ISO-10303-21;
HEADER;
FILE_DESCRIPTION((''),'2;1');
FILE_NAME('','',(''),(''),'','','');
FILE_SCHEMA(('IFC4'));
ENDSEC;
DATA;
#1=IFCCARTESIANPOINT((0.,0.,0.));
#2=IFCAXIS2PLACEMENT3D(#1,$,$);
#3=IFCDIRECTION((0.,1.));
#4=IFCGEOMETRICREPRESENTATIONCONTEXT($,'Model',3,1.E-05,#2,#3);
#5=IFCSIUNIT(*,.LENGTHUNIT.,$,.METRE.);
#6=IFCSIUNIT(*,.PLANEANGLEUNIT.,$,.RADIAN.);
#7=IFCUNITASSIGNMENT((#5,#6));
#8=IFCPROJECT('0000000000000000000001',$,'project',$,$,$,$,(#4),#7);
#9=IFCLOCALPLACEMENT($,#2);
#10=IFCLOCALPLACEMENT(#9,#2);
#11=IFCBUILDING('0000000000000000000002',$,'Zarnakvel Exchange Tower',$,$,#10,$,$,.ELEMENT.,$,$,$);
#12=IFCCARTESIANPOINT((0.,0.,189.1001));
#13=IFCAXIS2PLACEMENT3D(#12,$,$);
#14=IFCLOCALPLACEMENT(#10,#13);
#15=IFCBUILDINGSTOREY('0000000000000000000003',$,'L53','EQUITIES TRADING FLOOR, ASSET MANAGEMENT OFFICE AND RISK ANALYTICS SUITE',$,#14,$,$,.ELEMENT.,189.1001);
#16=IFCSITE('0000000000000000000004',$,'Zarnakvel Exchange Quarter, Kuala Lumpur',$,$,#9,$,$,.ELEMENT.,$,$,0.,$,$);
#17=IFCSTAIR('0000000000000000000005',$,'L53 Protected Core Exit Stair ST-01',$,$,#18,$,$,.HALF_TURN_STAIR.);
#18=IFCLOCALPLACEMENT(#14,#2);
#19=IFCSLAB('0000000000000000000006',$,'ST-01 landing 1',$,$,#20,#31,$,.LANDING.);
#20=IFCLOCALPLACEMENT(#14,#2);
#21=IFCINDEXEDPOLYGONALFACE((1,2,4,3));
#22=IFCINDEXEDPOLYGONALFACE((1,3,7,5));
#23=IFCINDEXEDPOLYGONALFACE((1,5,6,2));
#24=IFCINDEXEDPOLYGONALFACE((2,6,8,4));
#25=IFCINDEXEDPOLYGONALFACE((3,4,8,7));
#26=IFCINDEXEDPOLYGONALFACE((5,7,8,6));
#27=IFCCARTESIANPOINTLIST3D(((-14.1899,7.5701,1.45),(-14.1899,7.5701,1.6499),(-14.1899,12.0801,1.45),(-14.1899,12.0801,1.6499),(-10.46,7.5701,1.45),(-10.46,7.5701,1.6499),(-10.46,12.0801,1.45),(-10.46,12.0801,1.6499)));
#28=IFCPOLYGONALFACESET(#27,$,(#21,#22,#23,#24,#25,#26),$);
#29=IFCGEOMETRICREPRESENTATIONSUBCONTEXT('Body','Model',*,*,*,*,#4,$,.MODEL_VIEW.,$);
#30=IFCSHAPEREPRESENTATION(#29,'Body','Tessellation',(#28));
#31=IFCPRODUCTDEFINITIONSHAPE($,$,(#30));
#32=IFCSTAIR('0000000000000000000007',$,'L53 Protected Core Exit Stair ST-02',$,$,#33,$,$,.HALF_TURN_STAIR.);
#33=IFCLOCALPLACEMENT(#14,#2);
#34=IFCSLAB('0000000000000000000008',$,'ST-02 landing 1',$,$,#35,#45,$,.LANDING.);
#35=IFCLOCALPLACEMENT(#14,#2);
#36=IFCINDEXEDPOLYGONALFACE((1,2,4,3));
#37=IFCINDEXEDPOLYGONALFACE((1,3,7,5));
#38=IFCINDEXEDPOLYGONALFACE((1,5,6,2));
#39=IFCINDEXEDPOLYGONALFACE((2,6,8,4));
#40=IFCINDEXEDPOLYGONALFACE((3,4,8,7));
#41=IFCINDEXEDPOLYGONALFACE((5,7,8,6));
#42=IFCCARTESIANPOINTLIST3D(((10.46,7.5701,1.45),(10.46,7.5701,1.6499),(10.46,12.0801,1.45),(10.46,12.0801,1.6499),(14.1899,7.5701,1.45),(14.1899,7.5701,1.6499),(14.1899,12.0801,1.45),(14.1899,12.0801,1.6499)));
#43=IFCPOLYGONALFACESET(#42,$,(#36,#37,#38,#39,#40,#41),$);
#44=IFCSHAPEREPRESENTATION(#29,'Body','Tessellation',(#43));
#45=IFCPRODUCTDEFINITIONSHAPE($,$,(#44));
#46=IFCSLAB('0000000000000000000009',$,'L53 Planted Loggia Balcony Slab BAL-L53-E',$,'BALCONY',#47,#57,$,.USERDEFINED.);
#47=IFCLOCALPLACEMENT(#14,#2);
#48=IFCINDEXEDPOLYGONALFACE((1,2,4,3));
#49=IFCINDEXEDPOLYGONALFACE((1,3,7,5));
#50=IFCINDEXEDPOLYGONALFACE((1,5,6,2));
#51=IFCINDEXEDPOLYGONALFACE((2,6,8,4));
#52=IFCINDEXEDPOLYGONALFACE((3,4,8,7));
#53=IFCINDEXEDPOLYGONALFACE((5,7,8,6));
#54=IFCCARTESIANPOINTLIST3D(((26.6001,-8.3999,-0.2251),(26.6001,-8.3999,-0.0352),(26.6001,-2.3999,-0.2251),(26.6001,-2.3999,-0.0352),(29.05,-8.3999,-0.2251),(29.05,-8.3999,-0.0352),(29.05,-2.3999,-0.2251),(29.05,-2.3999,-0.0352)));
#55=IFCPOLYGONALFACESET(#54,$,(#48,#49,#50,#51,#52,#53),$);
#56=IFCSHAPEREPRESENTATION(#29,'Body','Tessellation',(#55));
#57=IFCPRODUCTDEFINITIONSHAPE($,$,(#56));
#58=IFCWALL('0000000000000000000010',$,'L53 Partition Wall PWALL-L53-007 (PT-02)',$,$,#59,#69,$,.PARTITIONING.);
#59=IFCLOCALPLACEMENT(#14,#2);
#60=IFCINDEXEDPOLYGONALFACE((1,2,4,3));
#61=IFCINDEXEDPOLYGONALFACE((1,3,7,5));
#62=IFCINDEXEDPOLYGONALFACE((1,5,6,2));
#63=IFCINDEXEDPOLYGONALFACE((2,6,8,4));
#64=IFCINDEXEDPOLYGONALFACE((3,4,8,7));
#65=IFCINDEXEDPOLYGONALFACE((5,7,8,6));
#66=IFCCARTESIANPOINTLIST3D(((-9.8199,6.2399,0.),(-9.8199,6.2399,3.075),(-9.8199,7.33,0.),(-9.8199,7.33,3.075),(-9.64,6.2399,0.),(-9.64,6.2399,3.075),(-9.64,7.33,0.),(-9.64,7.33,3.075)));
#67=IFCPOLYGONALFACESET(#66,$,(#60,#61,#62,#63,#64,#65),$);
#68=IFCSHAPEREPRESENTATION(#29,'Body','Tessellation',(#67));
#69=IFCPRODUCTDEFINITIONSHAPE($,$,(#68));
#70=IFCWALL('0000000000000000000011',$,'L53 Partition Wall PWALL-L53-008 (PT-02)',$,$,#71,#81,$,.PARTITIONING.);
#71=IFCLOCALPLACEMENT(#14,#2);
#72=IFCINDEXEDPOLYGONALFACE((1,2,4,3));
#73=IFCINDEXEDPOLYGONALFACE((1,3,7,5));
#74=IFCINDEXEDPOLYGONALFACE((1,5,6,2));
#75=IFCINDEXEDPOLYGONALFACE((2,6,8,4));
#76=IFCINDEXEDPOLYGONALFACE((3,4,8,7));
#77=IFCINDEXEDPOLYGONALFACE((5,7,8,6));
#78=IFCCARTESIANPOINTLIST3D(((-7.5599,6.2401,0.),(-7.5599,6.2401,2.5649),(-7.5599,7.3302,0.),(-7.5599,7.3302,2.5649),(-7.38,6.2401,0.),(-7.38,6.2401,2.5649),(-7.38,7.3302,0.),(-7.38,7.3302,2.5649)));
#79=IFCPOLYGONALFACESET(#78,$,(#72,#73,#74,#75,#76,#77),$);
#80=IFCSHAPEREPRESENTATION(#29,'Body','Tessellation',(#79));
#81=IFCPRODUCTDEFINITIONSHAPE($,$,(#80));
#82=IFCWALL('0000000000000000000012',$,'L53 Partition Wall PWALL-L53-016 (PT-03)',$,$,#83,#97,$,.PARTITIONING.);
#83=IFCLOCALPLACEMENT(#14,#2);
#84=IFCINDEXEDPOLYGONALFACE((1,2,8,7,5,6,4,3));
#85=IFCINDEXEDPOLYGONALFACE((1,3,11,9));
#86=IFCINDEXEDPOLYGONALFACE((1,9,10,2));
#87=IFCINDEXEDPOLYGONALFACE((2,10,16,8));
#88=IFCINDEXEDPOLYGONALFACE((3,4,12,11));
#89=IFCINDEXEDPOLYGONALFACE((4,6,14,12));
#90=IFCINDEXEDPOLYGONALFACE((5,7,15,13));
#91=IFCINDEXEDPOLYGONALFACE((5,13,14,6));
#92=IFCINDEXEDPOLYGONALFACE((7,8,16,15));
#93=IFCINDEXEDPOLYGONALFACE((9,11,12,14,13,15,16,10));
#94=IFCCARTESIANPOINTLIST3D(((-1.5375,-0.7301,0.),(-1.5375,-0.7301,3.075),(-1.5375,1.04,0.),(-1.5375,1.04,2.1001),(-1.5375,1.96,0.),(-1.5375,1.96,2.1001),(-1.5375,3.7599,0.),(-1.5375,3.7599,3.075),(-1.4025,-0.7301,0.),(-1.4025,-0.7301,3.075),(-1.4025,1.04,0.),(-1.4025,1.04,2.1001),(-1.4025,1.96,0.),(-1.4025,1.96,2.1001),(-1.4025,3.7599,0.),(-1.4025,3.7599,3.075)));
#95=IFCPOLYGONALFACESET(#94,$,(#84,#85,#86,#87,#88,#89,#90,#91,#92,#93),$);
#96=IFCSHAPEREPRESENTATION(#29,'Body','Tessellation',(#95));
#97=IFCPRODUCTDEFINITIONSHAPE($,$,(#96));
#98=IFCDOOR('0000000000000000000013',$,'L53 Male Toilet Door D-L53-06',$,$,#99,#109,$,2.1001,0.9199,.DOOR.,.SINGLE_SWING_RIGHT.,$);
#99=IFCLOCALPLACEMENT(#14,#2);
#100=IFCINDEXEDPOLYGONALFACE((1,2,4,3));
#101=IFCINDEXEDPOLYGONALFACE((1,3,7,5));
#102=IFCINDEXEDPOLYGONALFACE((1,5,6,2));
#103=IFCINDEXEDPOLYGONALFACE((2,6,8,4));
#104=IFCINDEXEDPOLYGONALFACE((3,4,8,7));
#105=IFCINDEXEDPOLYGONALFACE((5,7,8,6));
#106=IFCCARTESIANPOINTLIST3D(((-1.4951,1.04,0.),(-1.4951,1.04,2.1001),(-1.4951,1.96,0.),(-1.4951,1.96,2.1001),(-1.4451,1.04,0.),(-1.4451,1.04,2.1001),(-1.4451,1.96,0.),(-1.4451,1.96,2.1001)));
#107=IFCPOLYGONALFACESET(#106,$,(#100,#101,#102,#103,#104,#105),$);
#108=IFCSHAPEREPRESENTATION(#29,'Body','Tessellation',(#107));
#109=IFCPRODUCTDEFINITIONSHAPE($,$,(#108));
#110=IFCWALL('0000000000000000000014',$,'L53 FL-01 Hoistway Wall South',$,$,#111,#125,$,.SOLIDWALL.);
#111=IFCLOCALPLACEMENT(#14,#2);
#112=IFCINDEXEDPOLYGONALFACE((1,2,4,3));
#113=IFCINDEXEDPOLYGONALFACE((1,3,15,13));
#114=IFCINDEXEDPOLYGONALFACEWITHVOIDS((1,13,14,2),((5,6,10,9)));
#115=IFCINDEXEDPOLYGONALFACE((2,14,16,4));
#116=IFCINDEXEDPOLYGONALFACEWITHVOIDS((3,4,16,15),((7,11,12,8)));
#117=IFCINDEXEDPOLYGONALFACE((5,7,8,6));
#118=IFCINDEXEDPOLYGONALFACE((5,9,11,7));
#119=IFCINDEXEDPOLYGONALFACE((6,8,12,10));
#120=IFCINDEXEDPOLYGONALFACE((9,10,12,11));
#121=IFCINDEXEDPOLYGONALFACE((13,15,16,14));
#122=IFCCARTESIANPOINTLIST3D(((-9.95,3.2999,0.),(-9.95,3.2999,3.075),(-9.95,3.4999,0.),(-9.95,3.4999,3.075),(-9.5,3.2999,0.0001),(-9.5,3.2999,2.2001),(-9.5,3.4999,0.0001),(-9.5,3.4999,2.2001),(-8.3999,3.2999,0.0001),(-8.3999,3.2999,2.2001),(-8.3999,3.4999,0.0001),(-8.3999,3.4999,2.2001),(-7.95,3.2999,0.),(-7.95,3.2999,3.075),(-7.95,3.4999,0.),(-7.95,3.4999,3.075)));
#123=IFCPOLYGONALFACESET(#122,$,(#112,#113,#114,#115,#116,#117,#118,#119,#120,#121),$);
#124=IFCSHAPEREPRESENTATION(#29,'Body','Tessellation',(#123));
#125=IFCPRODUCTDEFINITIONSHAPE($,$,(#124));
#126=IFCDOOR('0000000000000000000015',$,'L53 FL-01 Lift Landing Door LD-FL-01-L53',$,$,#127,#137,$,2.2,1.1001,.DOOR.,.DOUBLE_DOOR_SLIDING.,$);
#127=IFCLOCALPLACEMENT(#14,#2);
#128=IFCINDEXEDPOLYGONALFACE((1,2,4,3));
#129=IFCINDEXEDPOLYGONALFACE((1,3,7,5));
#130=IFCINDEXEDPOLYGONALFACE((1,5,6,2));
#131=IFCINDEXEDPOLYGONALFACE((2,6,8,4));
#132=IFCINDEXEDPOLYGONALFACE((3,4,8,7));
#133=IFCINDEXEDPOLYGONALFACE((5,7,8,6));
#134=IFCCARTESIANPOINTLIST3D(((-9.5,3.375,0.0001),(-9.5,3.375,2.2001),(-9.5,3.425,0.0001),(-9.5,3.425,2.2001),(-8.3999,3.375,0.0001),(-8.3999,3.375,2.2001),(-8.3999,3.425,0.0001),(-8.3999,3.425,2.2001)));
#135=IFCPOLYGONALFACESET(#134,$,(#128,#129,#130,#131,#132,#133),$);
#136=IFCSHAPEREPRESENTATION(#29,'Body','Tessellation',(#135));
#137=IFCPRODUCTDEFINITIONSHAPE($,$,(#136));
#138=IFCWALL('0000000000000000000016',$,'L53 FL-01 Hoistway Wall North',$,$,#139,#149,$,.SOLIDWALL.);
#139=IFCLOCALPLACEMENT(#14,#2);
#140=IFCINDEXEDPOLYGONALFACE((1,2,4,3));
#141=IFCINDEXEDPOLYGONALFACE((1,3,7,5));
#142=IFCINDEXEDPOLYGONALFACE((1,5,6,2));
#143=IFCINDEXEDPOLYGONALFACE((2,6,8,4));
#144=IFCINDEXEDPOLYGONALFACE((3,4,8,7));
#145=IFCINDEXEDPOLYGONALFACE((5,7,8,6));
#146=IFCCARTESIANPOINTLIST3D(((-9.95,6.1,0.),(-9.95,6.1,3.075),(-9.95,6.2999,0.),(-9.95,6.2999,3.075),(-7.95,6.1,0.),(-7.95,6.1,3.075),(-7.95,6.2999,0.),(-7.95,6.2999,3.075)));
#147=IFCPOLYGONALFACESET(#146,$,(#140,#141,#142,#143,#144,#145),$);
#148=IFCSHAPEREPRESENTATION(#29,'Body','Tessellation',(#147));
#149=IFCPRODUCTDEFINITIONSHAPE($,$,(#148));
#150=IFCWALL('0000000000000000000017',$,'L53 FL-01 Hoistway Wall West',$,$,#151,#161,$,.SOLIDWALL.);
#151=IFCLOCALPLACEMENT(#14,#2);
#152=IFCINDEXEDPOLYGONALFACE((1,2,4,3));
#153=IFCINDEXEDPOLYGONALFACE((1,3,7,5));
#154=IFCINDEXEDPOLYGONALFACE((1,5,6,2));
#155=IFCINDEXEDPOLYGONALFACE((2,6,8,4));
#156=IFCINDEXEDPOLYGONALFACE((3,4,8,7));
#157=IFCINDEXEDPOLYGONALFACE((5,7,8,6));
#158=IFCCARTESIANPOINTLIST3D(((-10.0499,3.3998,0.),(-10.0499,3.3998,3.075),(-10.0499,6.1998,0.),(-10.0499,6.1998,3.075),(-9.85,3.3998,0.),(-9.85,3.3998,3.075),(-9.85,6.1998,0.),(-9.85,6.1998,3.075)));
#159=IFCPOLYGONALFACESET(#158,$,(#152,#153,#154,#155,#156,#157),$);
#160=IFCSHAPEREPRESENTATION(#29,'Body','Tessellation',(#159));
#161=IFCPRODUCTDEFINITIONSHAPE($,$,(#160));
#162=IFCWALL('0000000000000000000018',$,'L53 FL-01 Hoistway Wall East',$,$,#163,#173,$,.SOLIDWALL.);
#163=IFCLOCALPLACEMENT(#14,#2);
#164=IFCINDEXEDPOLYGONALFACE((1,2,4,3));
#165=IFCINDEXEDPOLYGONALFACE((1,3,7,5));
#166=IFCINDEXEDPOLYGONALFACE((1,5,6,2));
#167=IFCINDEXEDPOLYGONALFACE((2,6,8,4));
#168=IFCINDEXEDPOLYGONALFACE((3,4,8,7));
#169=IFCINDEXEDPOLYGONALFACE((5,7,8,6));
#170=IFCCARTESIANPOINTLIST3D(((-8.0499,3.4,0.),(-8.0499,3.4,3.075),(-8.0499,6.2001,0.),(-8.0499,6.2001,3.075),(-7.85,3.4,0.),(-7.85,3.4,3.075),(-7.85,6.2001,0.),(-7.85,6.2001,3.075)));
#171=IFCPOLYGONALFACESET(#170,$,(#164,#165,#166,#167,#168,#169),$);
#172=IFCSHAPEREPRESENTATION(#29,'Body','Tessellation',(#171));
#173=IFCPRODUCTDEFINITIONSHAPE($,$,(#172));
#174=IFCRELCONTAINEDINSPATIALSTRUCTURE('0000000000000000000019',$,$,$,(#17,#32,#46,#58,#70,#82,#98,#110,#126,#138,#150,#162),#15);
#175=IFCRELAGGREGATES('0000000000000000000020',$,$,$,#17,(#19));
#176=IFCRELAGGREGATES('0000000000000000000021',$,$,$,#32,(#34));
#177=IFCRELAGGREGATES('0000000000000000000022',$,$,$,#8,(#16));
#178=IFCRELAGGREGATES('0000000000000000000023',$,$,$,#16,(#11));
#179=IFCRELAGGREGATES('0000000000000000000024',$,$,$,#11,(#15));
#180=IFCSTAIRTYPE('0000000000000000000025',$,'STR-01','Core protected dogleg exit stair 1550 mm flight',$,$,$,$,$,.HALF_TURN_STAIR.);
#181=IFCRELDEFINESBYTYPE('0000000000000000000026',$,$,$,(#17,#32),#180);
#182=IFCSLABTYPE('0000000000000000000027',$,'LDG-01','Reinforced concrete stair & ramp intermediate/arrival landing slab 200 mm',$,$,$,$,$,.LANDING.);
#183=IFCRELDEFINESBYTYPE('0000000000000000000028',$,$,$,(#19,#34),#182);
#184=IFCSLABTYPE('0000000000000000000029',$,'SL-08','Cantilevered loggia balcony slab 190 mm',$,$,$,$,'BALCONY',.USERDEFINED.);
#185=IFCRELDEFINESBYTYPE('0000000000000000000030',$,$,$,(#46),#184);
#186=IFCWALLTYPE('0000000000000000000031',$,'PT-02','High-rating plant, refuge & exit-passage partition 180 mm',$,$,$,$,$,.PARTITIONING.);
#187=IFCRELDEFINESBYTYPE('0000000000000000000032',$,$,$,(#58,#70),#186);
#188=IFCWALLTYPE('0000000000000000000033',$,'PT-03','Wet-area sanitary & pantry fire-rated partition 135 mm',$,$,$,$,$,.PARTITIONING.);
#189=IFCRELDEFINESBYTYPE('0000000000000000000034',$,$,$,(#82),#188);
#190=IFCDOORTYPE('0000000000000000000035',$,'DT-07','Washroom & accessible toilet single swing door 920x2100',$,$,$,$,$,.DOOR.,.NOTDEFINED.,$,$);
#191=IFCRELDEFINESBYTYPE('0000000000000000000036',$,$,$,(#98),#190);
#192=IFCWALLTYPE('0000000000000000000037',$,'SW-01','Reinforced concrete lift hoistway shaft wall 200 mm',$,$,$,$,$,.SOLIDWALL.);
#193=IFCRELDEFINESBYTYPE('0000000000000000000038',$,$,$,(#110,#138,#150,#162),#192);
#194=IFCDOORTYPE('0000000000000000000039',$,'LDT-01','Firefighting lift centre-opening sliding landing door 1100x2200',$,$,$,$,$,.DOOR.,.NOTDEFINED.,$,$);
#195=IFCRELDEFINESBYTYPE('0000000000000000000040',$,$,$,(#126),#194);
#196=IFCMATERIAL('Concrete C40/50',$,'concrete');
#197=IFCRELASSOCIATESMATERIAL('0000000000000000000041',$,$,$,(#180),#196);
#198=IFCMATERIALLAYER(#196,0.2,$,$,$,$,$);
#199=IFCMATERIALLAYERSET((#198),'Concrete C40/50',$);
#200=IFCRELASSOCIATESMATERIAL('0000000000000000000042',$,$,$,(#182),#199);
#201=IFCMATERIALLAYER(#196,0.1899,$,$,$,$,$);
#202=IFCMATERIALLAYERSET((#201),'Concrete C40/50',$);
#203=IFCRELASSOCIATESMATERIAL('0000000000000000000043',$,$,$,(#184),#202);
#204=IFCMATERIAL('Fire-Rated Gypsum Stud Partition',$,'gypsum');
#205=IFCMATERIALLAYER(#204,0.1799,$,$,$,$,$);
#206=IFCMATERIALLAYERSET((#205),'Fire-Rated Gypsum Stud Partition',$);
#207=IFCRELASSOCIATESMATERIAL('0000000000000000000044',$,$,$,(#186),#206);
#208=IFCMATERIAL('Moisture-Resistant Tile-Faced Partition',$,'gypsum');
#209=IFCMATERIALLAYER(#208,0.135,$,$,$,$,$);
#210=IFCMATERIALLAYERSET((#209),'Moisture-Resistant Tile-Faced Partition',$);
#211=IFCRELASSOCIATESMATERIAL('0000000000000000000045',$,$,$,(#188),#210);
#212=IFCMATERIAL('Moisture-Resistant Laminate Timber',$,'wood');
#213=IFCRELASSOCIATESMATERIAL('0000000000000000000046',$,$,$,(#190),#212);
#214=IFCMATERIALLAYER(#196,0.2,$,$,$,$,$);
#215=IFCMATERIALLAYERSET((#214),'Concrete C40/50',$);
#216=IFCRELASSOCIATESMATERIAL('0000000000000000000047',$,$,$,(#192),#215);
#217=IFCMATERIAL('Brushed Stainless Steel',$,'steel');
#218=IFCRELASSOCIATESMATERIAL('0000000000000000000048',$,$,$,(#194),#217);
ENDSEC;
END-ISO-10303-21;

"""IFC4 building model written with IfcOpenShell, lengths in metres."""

from ifc_helpers import new_model, si_unit, direction, frame, frame_2d, origin, place, context, subcontext, project, spatial, polyline, rectangle, outline, extrude, source, transform, mapped, material, layer, layer_set, type_object, element, fill, aggregate, save


model = new_model("IFC4")

# Units and contexts
model_context = context("Model", 3, precision=1e-05, world=origin(), true_north=direction((0.0, 1.0)))
body_context = subcontext(model_context, "Body", "Model", "MODEL_VIEW")
ifc_project = project(units=[si_unit("LENGTHUNIT", "METRE"), si_unit("PLANEANGLEUNIT", "RADIAN")], contexts=[model_context])

# Site, building, storey
site_placement = place(None, origin())
site = spatial("IfcSite", under=ifc_project, at=site_placement, Name="Zarnakvel Exchange Quarter, Kuala Lumpur", CompositionType="ELEMENT", RefElevation=0.0)
building_placement = place(site_placement, origin())
building = spatial("IfcBuilding", under=site, at=building_placement, Name="Zarnakvel Exchange Tower", CompositionType="ELEMENT")
storey_placement = place(building_placement, frame((0.0, 0.0, 189.1001)))
storey = spatial("IfcBuildingStorey", under=building, at=storey_placement, Name="L53", Description="EQUITIES TRADING FLOOR, ASSET MANAGEMENT OFFICE AND RISK ANALYTICS SUITE", CompositionType="ELEMENT", Elevation=189.1001)

# Stairs, slabs
ifc_material_1 = material(Name="Concrete C40/50", Category="concrete")
stair_type = type_object("IfcStairType", Name="STR-01", Description="Core protected dogleg exit stair 1550 mm flight", PredefinedType="HALF_TURN_STAIR", material=ifc_material_1)
stair_1_placement = place(storey_placement, origin())
stair_1 = element("IfcStair", 1, at=stair_1_placement, inside=storey, type_object=stair_type, Name="L53 Protected Core Exit Stair ST-01", PredefinedType="HALF_TURN_STAIR")
ifc_layer_1 = layer(ifc_material_1, 0.2)
ifc_layer_set_1 = layer_set([ifc_layer_1], Name="Concrete C40/50")
slab_type_1 = type_object("IfcSlabType", Name="LDG-01", Description="Reinforced concrete stair & ramp intermediate/arrival landing slab 200 mm", PredefinedType="LANDING", material=ifc_layer_set_1)
slab_1_placement = place(storey_placement, frame((0.0, 0.0, 1.45)))
slab_1 = element("IfcSlab", 2, at=slab_1_placement, type_object=slab_type_1, Name="ST-01 landing 1", PredefinedType="LANDING", context=body_context, shape_type="SweptSolid", body=[
    extrude(outline(polyline([(-14.1899, 7.5701), (-10.46, 7.5701), (-10.46, 12.0801), (-14.1899, 12.0801), (-14.1899, 7.5701)])), origin(), (0.0, 0.0, 1.0), 0.2),
])
aggregate(stair_1, [slab_1])
stair_2_placement = place(storey_placement, origin())
stair_2 = element("IfcStair", 3, at=stair_2_placement, inside=storey, type_object=stair_type, Name="L53 Protected Core Exit Stair ST-02", PredefinedType="HALF_TURN_STAIR")
slab_2_placement = place(storey_placement, frame((0.0, 0.0, 1.45)))
slab_2 = element("IfcSlab", 4, at=slab_2_placement, type_object=slab_type_1, Name="ST-02 landing 1", PredefinedType="LANDING", context=body_context, shape_type="SweptSolid", body=[
    extrude(outline(polyline([(10.46, 7.5701), (14.1899, 7.5701), (14.1899, 12.0801), (10.46, 12.0801), (10.46, 7.5701)])), origin(), (0.0, 0.0, 1.0), 0.2),
])
aggregate(stair_2, [slab_2])

# Slab
ifc_layer_2 = layer(ifc_material_1, 0.1899)
ifc_layer_set_2 = layer_set([ifc_layer_2], Name="Concrete C40/50")
slab_type_2 = type_object("IfcSlabType", Name="SL-08", Description="Cantilevered loggia balcony slab 190 mm", ElementType="BALCONY", PredefinedType="USERDEFINED", material=ifc_layer_set_2)
slab_3_placement = place(storey_placement, frame((0.0, 0.0, -0.2251)))
element("IfcSlab", 5, at=slab_3_placement, inside=storey, type_object=slab_type_2, Name="L53 Planted Loggia Balcony Slab BAL-L53-E", ObjectType="BALCONY", PredefinedType="USERDEFINED", context=body_context, shape_type="SweptSolid", body=[
    extrude(outline(polyline([(26.6001, -8.3999), (29.05, -8.3999), (29.05, -2.3999), (26.6001, -2.3999), (26.6001, -8.3999)])), origin(), (0.0, 0.0, 1.0), 0.1899),
])

# Walls
ifc_material_2 = material(Name="Fire-Rated Gypsum Stud Partition", Category="gypsum")
ifc_layer_3 = layer(ifc_material_2, 0.1799)
ifc_layer_set_3 = layer_set([ifc_layer_3], Name="Fire-Rated Gypsum Stud Partition")
wall_type_1 = type_object("IfcWallType", Name="PT-02", Description="High-rating plant, refuge & exit-passage partition 180 mm", PredefinedType="PARTITIONING", material=ifc_layer_set_3)
wall_1_placement = place(storey_placement, frame((-9.73, 6.24, 0.0), z_axis=(0.0, 0.0, 1.0), x_axis=(0.0, 1.0, 0.0)))
element("IfcWall", 6, at=wall_1_placement, inside=storey, type_object=wall_type_1, Name="L53 Partition Wall PWALL-L53-007 (PT-02)", PredefinedType="PARTITIONING", context=body_context, shape_type="SweptSolid", body=[
    extrude(rectangle(XDim=1.0901, YDim=0.1799, at=frame_2d((0.5449, 0.0))), origin(), (0.0, 0.0, 1.0), 3.075),
])
wall_2_placement = place(storey_placement, frame((-7.47, 7.3301, 0.0), z_axis=(0.0, 0.0, 1.0), x_axis=(0.0, -1.0, 0.0)))
element("IfcWall", 7, at=wall_2_placement, inside=storey, type_object=wall_type_1, Name="L53 Partition Wall PWALL-L53-008 (PT-02)", PredefinedType="PARTITIONING", context=body_context, shape_type="SweptSolid", body=[
    extrude(rectangle(XDim=1.0901, YDim=0.1799, at=frame_2d((0.5449, 0.0))), origin(), (0.0, 0.0, 1.0), 2.5649),
])

# Walls, openings, doors
ifc_material_3 = material(Name="Moisture-Resistant Tile-Faced Partition", Category="gypsum")
ifc_layer_4 = layer(ifc_material_3, 0.135)
ifc_layer_set_4 = layer_set([ifc_layer_4], Name="Moisture-Resistant Tile-Faced Partition")
wall_type_2 = type_object("IfcWallType", Name="PT-03", Description="Wet-area sanitary & pantry fire-rated partition 135 mm", PredefinedType="PARTITIONING", material=ifc_layer_set_4)
wall_3_placement = place(storey_placement, frame((-1.47, 3.76, 0.0), z_axis=(0.0, 0.0, 1.0), x_axis=(0.0, -1.0, 0.0)))
wall_3 = element("IfcWall", 8, at=wall_3_placement, inside=storey, type_object=wall_type_2, Name="L53 Partition Wall PWALL-L53-016 (PT-03)", PredefinedType="PARTITIONING", context=body_context, shape_type="SweptSolid", body=[
    extrude(rectangle(XDim=4.49, YDim=0.135, at=frame_2d((2.2451, 0.0))), origin(), (0.0, 0.0, 1.0), 3.075),
])
opening_1_placement = place(wall_3_placement, frame((1.8, 0.0, 0.0)))
opening_1 = element("IfcOpeningElement", 9, at=opening_1_placement, cuts=wall_3, PredefinedType="OPENING", context=body_context, shape_type="SweptSolid", body=[
    extrude(rectangle(XDim=0.9199, YDim=2.1001, at=frame_2d((0.46, 1.05))), frame((0.0, 0.0774, 0.0), z_axis=(0.0, -1.0, 0.0), x_axis=(1.0, 0.0, 0.0)), (0.0, 0.0, 1.0), 0.155),
])
ifc_material_4 = material(Name="Moisture-Resistant Laminate Timber", Category="wood")
door_type_1 = type_object("IfcDoorType", Name="DT-07", Description="Washroom & accessible toilet single swing door 920x2100", OperationType="NOTDEFINED", PredefinedType="DOOR", material=ifc_material_4)
shared_shape_1 = source(origin(), body_context, "Body", "SweptSolid", [
    extrude(rectangle(XDim=0.9199, YDim=2.1001, at=frame_2d((0.46, 1.05))), frame((0.0, 0.0249, 0.0), z_axis=(0.0, -1.0, 0.0), x_axis=(1.0, 0.0, 0.0)), (0.0, 0.0, 1.0), 0.05),
])
door_1_placement = place(opening_1_placement, origin())
door_1 = element("IfcDoor", 10, at=door_1_placement, inside=storey, type_object=door_type_1, Name="L53 Male Toilet Door D-L53-06", OperationType="SINGLE_SWING_RIGHT", OverallHeight=2.1001, OverallWidth=0.9199, PredefinedType="DOOR", context=body_context, shape_type="MappedRepresentation", body=[
    mapped(shared_shape_1, transform((0.0, 0.0, 0.0), x_axis=(1.0, 0.0, 0.0), y_axis=(0.0, 1.0, 0.0), z_axis=(0.0, 0.0, 1.0), scale=1.0)),
])
fill(opening_1, door_1)
ifc_layer_5 = layer(ifc_material_1, 0.2)
ifc_layer_set_5 = layer_set([ifc_layer_5], Name="Concrete C40/50")
wall_type_3 = type_object("IfcWallType", Name="SW-01", Description="Reinforced concrete lift hoistway shaft wall 200 mm", PredefinedType="SOLIDWALL", material=ifc_layer_set_5)
wall_4_placement = place(storey_placement, frame((-7.95, 3.3999, 0.0), z_axis=(0.0, 0.0, 1.0), x_axis=(-1.0, 0.0, 0.0)))
wall_4 = element("IfcWall", 11, at=wall_4_placement, inside=storey, type_object=wall_type_3, Name="L53 FL-01 Hoistway Wall South", PredefinedType="SOLIDWALL", context=body_context, shape_type="SweptSolid", body=[
    extrude(rectangle(XDim=2.0, YDim=0.2, at=frame_2d((1.0, 0.0))), origin(), (0.0, 0.0, 1.0), 3.075),
])
opening_2_placement = place(wall_4_placement, frame((0.45, 0.0, 0.0)))
opening_2 = element("IfcOpeningElement", 12, at=opening_2_placement, cuts=wall_4, PredefinedType="OPENING", context=body_context, shape_type="SweptSolid", body=[
    extrude(rectangle(XDim=1.1001, YDim=2.2, at=frame_2d((0.55, 1.1001))), frame((0.0, 0.1099, 0.0), z_axis=(0.0, -1.0, 0.0), x_axis=(1.0, 0.0, 0.0)), (0.0, 0.0, 1.0), 0.22),
])
ifc_material_5 = material(Name="Brushed Stainless Steel", Category="steel")
door_type_2 = type_object("IfcDoorType", Name="LDT-01", Description="Firefighting lift centre-opening sliding landing door 1100x2200", OperationType="NOTDEFINED", PredefinedType="DOOR", material=ifc_material_5)
shared_shape_2 = source(origin(), body_context, "Body", "SweptSolid", [
    extrude(rectangle(XDim=1.1001, YDim=2.2, at=frame_2d((0.55, 1.1001))), frame((0.0, 0.0249, 0.0), z_axis=(0.0, -1.0, 0.0), x_axis=(1.0, 0.0, 0.0)), (0.0, 0.0, 1.0), 0.05),
])
door_2_placement = place(opening_2_placement, origin())
door_2 = element("IfcDoor", 13, at=door_2_placement, inside=storey, type_object=door_type_2, Name="L53 FL-01 Lift Landing Door LD-FL-01-L53", OperationType="DOUBLE_DOOR_SLIDING", OverallHeight=2.2, OverallWidth=1.1001, PredefinedType="DOOR", context=body_context, shape_type="MappedRepresentation", body=[
    mapped(shared_shape_2, transform((0.0, 0.0, 0.0), x_axis=(1.0, 0.0, 0.0), y_axis=(0.0, 1.0, 0.0), z_axis=(0.0, 0.0, 1.0), scale=1.0)),
])
fill(opening_2, door_2)

# Walls
wall_5_placement = place(storey_placement, frame((-9.95, 6.2, 0.0), z_axis=(0.0, 0.0, 1.0), x_axis=(1.0, 0.0, 0.0)))
element("IfcWall", 14, at=wall_5_placement, inside=storey, type_object=wall_type_3, Name="L53 FL-01 Hoistway Wall North", PredefinedType="SOLIDWALL", context=body_context, shape_type="SweptSolid", body=[
    extrude(rectangle(XDim=2.0, YDim=0.2, at=frame_2d((1.0, 0.0))), origin(), (0.0, 0.0, 1.0), 3.075),
])
for number, where, z_axis, x_axis, name in (
    (15, (-9.95, 3.3999, 0.0), (0.0, 0.0, 1.0), (0.0, 1.0, 0.0), "L53 FL-01 Hoistway Wall West"),
    (16, (-7.95, 6.2, 0.0), (0.0, 0.0, 1.0), (0.0, -1.0, 0.0), "L53 FL-01 Hoistway Wall East"),
):
    element("IfcWall", number, at=place(storey_placement, frame(where, z_axis=z_axis, x_axis=x_axis)), inside=storey, type_object=wall_type_3, Name=name, PredefinedType="SOLIDWALL", context=body_context, shape_type="SweptSolid", body=[
        extrude(rectangle(XDim=2.8, YDim=0.2, at=frame_2d((1.3999, 0.0))), origin(), (0.0, 0.0, 1.0), 3.075),
    ])

save(model, "model.ifc")
